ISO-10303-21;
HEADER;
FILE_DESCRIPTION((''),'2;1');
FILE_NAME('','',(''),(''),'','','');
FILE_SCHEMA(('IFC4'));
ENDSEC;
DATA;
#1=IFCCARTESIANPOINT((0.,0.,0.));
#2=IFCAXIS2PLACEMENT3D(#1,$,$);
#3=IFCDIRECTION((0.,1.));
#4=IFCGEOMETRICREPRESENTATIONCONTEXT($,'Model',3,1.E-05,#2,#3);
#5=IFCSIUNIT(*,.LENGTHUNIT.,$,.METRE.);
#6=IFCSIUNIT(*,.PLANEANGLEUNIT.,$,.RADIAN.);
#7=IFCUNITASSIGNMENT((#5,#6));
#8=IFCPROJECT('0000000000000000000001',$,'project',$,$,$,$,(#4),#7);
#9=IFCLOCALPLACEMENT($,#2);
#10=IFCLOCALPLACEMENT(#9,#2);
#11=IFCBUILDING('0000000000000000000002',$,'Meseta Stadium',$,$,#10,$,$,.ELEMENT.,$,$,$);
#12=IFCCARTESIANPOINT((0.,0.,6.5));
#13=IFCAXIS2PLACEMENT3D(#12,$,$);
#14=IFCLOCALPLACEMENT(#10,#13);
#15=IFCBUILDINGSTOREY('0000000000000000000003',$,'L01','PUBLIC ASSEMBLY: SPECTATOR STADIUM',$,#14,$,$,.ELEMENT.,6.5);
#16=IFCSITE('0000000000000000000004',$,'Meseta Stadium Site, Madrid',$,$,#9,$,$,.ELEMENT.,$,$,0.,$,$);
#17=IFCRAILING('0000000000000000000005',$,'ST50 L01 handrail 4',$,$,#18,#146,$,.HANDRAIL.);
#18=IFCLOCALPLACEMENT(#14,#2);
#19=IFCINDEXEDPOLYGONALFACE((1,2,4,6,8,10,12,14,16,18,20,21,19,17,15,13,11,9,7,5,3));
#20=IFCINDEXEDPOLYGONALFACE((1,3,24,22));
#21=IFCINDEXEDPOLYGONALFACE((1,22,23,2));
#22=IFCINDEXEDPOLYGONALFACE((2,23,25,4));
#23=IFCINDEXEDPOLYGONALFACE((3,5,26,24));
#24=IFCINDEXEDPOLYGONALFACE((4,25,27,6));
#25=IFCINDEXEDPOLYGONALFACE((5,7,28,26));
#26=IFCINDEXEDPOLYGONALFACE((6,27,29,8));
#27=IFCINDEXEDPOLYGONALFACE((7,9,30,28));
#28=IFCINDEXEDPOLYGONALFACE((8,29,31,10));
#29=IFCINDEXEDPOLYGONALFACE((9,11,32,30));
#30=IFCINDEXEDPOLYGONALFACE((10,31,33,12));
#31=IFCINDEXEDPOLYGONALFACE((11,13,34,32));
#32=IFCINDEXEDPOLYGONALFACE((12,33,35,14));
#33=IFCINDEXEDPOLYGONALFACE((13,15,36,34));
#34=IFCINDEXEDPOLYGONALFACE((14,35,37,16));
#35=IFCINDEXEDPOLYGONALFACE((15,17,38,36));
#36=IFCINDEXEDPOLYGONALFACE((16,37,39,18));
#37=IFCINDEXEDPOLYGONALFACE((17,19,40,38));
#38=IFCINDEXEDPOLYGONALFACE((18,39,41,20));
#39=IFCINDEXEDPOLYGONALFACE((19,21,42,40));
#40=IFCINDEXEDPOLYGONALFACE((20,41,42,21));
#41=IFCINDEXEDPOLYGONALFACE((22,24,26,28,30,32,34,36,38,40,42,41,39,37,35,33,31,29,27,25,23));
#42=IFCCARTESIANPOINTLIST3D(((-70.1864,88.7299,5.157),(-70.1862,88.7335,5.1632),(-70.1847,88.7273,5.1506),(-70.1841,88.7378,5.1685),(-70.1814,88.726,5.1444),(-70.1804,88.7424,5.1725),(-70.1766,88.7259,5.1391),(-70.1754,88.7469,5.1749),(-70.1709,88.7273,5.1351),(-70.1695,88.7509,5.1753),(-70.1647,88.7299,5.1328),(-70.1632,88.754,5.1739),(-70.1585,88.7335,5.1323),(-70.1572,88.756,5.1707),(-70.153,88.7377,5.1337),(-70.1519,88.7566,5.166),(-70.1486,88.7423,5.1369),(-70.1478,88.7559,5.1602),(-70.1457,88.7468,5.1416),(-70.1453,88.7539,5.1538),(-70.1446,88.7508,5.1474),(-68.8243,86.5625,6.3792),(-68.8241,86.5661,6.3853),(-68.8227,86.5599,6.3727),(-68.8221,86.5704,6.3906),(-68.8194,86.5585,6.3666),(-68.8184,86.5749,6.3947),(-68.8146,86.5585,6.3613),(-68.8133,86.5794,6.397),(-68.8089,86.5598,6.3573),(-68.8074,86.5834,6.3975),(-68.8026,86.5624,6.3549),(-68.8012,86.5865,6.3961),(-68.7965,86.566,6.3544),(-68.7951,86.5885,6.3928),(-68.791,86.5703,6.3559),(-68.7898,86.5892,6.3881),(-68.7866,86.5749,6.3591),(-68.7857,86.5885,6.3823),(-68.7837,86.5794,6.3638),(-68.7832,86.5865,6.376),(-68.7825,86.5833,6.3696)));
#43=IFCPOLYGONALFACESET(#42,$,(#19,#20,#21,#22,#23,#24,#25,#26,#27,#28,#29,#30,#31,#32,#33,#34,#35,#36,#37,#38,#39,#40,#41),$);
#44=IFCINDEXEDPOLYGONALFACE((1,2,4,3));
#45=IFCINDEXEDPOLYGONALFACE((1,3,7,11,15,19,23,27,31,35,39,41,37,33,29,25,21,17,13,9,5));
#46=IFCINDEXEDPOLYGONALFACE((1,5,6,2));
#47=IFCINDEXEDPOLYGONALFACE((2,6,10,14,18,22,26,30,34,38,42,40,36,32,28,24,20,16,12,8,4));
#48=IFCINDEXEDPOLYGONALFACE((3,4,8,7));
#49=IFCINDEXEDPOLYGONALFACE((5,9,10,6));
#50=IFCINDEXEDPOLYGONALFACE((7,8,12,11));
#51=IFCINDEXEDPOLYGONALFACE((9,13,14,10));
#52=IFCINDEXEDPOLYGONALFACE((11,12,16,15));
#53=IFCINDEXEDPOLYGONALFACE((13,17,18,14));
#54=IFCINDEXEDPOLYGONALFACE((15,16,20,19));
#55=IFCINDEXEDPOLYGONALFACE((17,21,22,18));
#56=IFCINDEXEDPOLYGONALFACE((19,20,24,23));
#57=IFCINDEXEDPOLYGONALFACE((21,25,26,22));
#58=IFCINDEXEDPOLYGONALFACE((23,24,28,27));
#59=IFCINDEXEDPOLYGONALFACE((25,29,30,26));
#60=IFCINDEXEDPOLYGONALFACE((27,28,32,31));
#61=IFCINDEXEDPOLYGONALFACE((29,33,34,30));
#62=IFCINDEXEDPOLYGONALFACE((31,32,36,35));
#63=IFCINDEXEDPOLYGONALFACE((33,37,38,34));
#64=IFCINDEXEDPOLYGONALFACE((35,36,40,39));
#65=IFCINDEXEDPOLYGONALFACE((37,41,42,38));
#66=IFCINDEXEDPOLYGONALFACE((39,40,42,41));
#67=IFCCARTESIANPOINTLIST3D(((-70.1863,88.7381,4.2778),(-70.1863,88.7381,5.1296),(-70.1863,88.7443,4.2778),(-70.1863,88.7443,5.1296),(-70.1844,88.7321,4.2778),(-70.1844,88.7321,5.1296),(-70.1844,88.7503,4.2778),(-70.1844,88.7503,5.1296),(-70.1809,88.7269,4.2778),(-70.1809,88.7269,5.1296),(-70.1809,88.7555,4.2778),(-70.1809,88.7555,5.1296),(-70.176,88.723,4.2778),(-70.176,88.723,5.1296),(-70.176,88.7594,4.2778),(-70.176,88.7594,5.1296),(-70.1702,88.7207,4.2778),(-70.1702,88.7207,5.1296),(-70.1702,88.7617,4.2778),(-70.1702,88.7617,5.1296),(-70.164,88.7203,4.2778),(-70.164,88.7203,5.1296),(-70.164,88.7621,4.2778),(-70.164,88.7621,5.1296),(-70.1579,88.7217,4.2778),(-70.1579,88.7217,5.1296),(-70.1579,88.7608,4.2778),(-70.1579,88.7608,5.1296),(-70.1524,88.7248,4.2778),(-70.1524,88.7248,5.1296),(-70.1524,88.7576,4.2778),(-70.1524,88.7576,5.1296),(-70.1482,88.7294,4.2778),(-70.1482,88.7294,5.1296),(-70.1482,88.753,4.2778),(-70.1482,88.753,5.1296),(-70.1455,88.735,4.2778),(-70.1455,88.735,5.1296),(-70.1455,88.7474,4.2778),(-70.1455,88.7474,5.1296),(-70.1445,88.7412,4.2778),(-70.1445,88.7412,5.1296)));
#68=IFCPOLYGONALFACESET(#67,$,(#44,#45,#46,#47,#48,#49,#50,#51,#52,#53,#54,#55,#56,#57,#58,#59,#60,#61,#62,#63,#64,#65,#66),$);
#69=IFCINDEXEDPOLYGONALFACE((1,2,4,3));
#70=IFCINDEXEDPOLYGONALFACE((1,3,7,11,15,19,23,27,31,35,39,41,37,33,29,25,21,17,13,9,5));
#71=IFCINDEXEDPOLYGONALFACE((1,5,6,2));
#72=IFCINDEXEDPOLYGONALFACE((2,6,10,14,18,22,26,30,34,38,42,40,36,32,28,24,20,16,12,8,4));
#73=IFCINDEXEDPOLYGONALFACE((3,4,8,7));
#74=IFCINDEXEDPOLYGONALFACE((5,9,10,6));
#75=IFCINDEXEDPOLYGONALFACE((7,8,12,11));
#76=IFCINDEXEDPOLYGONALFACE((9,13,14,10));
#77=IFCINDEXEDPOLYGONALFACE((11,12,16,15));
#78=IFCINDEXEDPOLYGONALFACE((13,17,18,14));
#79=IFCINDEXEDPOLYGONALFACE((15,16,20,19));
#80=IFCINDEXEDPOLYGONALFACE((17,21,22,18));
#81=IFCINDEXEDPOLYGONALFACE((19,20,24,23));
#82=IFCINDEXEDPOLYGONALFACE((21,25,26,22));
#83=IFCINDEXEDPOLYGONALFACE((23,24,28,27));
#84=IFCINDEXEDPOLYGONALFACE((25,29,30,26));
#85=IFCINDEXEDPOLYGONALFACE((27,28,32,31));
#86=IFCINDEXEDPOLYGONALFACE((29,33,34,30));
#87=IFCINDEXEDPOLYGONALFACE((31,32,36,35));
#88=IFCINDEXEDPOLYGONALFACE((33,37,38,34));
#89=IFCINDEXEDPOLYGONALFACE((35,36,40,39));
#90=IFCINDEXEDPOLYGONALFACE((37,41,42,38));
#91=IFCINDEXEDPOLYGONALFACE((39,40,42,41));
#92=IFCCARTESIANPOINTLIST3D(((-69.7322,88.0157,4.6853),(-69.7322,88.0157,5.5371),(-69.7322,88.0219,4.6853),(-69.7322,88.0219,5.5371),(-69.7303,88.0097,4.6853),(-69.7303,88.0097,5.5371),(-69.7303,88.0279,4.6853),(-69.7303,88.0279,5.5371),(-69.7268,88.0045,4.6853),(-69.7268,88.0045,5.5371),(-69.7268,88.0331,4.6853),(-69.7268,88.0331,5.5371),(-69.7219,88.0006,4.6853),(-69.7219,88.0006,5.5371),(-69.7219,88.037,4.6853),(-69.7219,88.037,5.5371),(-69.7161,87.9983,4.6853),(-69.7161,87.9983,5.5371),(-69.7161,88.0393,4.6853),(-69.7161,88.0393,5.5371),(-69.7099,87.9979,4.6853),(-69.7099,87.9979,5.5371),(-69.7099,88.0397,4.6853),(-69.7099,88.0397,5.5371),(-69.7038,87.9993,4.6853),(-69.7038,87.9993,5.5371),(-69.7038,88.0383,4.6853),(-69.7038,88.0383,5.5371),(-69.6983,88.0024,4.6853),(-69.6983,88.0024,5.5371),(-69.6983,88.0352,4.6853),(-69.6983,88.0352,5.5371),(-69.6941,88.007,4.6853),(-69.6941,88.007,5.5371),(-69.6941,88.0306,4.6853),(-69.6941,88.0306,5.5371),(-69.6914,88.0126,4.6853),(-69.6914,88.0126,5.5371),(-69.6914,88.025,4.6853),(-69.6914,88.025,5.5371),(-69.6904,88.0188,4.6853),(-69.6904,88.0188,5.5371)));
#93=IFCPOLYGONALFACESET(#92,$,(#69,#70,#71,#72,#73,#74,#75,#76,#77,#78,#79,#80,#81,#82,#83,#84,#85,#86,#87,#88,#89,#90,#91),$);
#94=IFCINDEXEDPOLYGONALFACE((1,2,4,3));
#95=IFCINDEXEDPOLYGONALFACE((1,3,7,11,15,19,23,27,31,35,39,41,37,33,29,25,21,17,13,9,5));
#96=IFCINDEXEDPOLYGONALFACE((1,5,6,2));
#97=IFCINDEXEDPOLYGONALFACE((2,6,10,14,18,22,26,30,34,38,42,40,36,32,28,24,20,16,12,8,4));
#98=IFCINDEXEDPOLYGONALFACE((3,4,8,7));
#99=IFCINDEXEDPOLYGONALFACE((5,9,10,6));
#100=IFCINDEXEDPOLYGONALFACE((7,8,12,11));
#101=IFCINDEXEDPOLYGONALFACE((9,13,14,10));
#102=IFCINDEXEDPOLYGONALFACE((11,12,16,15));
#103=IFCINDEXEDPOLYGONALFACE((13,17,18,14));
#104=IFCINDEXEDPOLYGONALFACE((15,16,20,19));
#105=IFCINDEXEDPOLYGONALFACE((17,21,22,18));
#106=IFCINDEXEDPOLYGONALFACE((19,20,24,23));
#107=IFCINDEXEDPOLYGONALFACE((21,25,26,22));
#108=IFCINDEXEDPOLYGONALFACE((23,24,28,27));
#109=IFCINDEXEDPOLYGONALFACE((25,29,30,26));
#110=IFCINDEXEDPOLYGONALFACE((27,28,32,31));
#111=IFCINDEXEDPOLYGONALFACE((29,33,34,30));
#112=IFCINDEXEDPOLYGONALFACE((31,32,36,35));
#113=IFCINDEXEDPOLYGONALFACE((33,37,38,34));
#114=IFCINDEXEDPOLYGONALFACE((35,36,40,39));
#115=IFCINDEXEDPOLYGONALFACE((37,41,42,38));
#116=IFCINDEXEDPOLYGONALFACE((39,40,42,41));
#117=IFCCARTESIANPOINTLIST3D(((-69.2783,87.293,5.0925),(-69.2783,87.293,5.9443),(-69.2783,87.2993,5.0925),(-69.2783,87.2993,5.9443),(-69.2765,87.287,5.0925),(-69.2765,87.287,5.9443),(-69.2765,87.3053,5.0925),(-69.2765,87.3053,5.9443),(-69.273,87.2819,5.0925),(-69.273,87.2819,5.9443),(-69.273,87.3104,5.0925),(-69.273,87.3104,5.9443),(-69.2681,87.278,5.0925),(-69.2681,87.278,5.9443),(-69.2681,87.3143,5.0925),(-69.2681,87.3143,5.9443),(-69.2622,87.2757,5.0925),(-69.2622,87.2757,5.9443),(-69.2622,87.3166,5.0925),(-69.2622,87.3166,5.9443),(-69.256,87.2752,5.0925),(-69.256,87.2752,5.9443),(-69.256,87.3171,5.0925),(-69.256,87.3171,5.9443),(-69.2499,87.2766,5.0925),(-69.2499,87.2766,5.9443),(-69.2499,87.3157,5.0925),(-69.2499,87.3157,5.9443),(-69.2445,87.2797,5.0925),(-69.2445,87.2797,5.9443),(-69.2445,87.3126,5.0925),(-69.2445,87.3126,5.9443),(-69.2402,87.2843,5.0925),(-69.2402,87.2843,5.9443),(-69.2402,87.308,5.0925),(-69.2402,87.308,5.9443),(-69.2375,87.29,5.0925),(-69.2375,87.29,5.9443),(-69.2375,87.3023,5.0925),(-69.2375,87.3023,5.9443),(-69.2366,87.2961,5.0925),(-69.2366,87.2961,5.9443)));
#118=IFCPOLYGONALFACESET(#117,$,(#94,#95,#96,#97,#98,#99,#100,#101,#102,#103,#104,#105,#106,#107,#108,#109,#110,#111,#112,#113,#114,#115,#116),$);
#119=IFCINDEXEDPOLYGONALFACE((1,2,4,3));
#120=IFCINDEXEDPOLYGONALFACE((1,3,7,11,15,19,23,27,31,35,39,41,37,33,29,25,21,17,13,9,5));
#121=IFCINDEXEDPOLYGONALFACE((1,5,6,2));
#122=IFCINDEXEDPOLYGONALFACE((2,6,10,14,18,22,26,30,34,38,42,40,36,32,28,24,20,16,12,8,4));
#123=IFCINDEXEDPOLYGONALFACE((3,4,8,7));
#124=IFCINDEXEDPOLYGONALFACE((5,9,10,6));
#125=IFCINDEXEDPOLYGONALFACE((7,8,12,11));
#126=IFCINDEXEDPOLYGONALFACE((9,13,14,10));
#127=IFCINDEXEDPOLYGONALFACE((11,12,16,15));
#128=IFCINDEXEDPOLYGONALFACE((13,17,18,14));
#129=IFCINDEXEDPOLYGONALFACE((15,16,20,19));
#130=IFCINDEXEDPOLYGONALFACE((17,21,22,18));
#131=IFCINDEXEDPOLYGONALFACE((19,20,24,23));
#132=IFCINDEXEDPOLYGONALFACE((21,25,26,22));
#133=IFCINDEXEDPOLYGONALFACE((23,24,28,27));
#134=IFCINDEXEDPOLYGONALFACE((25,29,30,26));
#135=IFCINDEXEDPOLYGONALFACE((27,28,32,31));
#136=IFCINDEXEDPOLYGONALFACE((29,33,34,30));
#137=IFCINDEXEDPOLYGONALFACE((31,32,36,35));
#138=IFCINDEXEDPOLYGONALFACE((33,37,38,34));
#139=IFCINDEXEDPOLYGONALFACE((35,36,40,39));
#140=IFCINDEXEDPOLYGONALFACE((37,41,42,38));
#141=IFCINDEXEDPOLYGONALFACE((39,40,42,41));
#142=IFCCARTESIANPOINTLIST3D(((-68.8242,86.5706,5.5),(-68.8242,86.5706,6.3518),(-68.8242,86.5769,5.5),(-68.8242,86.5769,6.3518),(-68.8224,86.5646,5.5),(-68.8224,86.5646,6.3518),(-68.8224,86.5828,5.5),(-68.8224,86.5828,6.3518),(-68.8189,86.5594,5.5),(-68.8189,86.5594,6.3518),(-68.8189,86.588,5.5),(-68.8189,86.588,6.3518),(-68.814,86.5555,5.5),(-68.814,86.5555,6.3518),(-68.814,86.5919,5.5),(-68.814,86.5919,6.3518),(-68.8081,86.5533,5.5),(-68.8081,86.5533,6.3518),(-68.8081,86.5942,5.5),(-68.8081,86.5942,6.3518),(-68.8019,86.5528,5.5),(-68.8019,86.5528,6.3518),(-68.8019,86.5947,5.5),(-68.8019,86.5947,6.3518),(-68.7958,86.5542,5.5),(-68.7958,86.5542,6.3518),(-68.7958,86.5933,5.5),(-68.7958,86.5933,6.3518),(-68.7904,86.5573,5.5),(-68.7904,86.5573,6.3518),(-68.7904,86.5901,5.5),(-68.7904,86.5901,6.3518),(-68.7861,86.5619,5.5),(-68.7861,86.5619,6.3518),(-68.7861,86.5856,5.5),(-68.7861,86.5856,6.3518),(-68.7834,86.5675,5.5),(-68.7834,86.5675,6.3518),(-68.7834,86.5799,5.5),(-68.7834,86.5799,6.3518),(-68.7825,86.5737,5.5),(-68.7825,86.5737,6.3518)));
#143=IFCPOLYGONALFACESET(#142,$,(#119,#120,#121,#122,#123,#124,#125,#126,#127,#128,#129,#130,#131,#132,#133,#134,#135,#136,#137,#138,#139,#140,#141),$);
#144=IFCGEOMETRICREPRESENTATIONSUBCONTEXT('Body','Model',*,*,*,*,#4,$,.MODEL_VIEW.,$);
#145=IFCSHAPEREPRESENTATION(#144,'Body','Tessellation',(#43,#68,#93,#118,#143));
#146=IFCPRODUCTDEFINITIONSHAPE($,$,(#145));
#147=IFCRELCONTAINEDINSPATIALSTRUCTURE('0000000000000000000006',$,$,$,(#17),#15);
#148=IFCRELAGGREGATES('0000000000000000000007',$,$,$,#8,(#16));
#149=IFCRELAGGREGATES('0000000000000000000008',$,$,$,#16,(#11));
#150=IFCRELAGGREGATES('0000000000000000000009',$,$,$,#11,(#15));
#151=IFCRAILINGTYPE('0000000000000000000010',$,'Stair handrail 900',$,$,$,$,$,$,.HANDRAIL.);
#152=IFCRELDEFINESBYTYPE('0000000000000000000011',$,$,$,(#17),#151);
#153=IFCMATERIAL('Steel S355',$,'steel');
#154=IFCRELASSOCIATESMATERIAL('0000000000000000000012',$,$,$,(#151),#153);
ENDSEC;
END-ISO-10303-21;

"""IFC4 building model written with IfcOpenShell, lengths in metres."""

from ifc_helpers import new_model, si_unit, direction, frame, origin, origin_2d, place, context, subcontext, project, spatial, circle, extrude, material, type_object, element, save


model = new_model("IFC4")

# Units and contexts
model_context = context("Model", 3, precision=1e-05, world=origin(), true_north=direction((0.0, 1.0)))
body_context = subcontext(model_context, "Body", "Model", "MODEL_VIEW")
ifc_project = project(units=[si_unit("LENGTHUNIT", "METRE"), si_unit("PLANEANGLEUNIT", "RADIAN")], contexts=[model_context])

# Site, building, storey
site_placement = place(None, origin())
site = spatial("IfcSite", under=ifc_project, at=site_placement, Name="Meseta Stadium Site, Madrid", CompositionType="ELEMENT", RefElevation=0.0)
building_placement = place(site_placement, origin())
building = spatial("IfcBuilding", under=site, at=building_placement, Name="Meseta Stadium", CompositionType="ELEMENT")
storey_placement = place(building_placement, frame((0.0, 0.0, 6.5)))
storey = spatial("IfcBuildingStorey", under=building, at=storey_placement, Name="L01", Description="PUBLIC ASSEMBLY: SPECTATOR STADIUM", CompositionType="ELEMENT", Elevation=6.5)

# Railing
ifc_material_1 = material(Name="Steel S355", Category="steel")
railing_type_1 = type_object("IfcRailingType", Name="Stair handrail 900", PredefinedType="HANDRAIL", material=ifc_material_1)
for number, where, name in (
    (1, (-70.1655, 88.7412, 4.2778), "ST50 L01 handrail 4"),
):
    element("IfcRailing", number, at=place(storey_placement, frame(where)), inside=storey, type_object=railing_type_1, Name=name, PredefinedType="HANDRAIL", context=body_context, shape_type="SweptSolid", body=[
        extrude(circle(Radius=0.0239, at=origin_2d()), frame((0.0, 0.0, 0.876), z_axis=(0.480156, -0.764085, 0.430841), x_axis=(0.846699, 0.532072, 0.0)), (0.0, 0.0, 1.0), 2.8367),
        extrude(circle(Radius=0.021, at=origin_2d()), origin(), (0.0, 0.0, 1.0), 0.8518),
        extrude(circle(Radius=0.021, at=origin_2d()), frame((0.4541, -0.7224, 0.4075)), (0.0, 0.0, 1.0), 0.8518),
        extrude(circle(Radius=0.021, at=origin_2d()), frame((0.908, -1.4451, 0.8147)), (0.0, 0.0, 1.0), 0.8518),
        extrude(circle(Radius=0.021, at=origin_2d()), frame((1.3621, -2.1675, 1.2222)), (0.0, 0.0, 1.0), 0.8518),
    ])

save(model, "model.ifc")
